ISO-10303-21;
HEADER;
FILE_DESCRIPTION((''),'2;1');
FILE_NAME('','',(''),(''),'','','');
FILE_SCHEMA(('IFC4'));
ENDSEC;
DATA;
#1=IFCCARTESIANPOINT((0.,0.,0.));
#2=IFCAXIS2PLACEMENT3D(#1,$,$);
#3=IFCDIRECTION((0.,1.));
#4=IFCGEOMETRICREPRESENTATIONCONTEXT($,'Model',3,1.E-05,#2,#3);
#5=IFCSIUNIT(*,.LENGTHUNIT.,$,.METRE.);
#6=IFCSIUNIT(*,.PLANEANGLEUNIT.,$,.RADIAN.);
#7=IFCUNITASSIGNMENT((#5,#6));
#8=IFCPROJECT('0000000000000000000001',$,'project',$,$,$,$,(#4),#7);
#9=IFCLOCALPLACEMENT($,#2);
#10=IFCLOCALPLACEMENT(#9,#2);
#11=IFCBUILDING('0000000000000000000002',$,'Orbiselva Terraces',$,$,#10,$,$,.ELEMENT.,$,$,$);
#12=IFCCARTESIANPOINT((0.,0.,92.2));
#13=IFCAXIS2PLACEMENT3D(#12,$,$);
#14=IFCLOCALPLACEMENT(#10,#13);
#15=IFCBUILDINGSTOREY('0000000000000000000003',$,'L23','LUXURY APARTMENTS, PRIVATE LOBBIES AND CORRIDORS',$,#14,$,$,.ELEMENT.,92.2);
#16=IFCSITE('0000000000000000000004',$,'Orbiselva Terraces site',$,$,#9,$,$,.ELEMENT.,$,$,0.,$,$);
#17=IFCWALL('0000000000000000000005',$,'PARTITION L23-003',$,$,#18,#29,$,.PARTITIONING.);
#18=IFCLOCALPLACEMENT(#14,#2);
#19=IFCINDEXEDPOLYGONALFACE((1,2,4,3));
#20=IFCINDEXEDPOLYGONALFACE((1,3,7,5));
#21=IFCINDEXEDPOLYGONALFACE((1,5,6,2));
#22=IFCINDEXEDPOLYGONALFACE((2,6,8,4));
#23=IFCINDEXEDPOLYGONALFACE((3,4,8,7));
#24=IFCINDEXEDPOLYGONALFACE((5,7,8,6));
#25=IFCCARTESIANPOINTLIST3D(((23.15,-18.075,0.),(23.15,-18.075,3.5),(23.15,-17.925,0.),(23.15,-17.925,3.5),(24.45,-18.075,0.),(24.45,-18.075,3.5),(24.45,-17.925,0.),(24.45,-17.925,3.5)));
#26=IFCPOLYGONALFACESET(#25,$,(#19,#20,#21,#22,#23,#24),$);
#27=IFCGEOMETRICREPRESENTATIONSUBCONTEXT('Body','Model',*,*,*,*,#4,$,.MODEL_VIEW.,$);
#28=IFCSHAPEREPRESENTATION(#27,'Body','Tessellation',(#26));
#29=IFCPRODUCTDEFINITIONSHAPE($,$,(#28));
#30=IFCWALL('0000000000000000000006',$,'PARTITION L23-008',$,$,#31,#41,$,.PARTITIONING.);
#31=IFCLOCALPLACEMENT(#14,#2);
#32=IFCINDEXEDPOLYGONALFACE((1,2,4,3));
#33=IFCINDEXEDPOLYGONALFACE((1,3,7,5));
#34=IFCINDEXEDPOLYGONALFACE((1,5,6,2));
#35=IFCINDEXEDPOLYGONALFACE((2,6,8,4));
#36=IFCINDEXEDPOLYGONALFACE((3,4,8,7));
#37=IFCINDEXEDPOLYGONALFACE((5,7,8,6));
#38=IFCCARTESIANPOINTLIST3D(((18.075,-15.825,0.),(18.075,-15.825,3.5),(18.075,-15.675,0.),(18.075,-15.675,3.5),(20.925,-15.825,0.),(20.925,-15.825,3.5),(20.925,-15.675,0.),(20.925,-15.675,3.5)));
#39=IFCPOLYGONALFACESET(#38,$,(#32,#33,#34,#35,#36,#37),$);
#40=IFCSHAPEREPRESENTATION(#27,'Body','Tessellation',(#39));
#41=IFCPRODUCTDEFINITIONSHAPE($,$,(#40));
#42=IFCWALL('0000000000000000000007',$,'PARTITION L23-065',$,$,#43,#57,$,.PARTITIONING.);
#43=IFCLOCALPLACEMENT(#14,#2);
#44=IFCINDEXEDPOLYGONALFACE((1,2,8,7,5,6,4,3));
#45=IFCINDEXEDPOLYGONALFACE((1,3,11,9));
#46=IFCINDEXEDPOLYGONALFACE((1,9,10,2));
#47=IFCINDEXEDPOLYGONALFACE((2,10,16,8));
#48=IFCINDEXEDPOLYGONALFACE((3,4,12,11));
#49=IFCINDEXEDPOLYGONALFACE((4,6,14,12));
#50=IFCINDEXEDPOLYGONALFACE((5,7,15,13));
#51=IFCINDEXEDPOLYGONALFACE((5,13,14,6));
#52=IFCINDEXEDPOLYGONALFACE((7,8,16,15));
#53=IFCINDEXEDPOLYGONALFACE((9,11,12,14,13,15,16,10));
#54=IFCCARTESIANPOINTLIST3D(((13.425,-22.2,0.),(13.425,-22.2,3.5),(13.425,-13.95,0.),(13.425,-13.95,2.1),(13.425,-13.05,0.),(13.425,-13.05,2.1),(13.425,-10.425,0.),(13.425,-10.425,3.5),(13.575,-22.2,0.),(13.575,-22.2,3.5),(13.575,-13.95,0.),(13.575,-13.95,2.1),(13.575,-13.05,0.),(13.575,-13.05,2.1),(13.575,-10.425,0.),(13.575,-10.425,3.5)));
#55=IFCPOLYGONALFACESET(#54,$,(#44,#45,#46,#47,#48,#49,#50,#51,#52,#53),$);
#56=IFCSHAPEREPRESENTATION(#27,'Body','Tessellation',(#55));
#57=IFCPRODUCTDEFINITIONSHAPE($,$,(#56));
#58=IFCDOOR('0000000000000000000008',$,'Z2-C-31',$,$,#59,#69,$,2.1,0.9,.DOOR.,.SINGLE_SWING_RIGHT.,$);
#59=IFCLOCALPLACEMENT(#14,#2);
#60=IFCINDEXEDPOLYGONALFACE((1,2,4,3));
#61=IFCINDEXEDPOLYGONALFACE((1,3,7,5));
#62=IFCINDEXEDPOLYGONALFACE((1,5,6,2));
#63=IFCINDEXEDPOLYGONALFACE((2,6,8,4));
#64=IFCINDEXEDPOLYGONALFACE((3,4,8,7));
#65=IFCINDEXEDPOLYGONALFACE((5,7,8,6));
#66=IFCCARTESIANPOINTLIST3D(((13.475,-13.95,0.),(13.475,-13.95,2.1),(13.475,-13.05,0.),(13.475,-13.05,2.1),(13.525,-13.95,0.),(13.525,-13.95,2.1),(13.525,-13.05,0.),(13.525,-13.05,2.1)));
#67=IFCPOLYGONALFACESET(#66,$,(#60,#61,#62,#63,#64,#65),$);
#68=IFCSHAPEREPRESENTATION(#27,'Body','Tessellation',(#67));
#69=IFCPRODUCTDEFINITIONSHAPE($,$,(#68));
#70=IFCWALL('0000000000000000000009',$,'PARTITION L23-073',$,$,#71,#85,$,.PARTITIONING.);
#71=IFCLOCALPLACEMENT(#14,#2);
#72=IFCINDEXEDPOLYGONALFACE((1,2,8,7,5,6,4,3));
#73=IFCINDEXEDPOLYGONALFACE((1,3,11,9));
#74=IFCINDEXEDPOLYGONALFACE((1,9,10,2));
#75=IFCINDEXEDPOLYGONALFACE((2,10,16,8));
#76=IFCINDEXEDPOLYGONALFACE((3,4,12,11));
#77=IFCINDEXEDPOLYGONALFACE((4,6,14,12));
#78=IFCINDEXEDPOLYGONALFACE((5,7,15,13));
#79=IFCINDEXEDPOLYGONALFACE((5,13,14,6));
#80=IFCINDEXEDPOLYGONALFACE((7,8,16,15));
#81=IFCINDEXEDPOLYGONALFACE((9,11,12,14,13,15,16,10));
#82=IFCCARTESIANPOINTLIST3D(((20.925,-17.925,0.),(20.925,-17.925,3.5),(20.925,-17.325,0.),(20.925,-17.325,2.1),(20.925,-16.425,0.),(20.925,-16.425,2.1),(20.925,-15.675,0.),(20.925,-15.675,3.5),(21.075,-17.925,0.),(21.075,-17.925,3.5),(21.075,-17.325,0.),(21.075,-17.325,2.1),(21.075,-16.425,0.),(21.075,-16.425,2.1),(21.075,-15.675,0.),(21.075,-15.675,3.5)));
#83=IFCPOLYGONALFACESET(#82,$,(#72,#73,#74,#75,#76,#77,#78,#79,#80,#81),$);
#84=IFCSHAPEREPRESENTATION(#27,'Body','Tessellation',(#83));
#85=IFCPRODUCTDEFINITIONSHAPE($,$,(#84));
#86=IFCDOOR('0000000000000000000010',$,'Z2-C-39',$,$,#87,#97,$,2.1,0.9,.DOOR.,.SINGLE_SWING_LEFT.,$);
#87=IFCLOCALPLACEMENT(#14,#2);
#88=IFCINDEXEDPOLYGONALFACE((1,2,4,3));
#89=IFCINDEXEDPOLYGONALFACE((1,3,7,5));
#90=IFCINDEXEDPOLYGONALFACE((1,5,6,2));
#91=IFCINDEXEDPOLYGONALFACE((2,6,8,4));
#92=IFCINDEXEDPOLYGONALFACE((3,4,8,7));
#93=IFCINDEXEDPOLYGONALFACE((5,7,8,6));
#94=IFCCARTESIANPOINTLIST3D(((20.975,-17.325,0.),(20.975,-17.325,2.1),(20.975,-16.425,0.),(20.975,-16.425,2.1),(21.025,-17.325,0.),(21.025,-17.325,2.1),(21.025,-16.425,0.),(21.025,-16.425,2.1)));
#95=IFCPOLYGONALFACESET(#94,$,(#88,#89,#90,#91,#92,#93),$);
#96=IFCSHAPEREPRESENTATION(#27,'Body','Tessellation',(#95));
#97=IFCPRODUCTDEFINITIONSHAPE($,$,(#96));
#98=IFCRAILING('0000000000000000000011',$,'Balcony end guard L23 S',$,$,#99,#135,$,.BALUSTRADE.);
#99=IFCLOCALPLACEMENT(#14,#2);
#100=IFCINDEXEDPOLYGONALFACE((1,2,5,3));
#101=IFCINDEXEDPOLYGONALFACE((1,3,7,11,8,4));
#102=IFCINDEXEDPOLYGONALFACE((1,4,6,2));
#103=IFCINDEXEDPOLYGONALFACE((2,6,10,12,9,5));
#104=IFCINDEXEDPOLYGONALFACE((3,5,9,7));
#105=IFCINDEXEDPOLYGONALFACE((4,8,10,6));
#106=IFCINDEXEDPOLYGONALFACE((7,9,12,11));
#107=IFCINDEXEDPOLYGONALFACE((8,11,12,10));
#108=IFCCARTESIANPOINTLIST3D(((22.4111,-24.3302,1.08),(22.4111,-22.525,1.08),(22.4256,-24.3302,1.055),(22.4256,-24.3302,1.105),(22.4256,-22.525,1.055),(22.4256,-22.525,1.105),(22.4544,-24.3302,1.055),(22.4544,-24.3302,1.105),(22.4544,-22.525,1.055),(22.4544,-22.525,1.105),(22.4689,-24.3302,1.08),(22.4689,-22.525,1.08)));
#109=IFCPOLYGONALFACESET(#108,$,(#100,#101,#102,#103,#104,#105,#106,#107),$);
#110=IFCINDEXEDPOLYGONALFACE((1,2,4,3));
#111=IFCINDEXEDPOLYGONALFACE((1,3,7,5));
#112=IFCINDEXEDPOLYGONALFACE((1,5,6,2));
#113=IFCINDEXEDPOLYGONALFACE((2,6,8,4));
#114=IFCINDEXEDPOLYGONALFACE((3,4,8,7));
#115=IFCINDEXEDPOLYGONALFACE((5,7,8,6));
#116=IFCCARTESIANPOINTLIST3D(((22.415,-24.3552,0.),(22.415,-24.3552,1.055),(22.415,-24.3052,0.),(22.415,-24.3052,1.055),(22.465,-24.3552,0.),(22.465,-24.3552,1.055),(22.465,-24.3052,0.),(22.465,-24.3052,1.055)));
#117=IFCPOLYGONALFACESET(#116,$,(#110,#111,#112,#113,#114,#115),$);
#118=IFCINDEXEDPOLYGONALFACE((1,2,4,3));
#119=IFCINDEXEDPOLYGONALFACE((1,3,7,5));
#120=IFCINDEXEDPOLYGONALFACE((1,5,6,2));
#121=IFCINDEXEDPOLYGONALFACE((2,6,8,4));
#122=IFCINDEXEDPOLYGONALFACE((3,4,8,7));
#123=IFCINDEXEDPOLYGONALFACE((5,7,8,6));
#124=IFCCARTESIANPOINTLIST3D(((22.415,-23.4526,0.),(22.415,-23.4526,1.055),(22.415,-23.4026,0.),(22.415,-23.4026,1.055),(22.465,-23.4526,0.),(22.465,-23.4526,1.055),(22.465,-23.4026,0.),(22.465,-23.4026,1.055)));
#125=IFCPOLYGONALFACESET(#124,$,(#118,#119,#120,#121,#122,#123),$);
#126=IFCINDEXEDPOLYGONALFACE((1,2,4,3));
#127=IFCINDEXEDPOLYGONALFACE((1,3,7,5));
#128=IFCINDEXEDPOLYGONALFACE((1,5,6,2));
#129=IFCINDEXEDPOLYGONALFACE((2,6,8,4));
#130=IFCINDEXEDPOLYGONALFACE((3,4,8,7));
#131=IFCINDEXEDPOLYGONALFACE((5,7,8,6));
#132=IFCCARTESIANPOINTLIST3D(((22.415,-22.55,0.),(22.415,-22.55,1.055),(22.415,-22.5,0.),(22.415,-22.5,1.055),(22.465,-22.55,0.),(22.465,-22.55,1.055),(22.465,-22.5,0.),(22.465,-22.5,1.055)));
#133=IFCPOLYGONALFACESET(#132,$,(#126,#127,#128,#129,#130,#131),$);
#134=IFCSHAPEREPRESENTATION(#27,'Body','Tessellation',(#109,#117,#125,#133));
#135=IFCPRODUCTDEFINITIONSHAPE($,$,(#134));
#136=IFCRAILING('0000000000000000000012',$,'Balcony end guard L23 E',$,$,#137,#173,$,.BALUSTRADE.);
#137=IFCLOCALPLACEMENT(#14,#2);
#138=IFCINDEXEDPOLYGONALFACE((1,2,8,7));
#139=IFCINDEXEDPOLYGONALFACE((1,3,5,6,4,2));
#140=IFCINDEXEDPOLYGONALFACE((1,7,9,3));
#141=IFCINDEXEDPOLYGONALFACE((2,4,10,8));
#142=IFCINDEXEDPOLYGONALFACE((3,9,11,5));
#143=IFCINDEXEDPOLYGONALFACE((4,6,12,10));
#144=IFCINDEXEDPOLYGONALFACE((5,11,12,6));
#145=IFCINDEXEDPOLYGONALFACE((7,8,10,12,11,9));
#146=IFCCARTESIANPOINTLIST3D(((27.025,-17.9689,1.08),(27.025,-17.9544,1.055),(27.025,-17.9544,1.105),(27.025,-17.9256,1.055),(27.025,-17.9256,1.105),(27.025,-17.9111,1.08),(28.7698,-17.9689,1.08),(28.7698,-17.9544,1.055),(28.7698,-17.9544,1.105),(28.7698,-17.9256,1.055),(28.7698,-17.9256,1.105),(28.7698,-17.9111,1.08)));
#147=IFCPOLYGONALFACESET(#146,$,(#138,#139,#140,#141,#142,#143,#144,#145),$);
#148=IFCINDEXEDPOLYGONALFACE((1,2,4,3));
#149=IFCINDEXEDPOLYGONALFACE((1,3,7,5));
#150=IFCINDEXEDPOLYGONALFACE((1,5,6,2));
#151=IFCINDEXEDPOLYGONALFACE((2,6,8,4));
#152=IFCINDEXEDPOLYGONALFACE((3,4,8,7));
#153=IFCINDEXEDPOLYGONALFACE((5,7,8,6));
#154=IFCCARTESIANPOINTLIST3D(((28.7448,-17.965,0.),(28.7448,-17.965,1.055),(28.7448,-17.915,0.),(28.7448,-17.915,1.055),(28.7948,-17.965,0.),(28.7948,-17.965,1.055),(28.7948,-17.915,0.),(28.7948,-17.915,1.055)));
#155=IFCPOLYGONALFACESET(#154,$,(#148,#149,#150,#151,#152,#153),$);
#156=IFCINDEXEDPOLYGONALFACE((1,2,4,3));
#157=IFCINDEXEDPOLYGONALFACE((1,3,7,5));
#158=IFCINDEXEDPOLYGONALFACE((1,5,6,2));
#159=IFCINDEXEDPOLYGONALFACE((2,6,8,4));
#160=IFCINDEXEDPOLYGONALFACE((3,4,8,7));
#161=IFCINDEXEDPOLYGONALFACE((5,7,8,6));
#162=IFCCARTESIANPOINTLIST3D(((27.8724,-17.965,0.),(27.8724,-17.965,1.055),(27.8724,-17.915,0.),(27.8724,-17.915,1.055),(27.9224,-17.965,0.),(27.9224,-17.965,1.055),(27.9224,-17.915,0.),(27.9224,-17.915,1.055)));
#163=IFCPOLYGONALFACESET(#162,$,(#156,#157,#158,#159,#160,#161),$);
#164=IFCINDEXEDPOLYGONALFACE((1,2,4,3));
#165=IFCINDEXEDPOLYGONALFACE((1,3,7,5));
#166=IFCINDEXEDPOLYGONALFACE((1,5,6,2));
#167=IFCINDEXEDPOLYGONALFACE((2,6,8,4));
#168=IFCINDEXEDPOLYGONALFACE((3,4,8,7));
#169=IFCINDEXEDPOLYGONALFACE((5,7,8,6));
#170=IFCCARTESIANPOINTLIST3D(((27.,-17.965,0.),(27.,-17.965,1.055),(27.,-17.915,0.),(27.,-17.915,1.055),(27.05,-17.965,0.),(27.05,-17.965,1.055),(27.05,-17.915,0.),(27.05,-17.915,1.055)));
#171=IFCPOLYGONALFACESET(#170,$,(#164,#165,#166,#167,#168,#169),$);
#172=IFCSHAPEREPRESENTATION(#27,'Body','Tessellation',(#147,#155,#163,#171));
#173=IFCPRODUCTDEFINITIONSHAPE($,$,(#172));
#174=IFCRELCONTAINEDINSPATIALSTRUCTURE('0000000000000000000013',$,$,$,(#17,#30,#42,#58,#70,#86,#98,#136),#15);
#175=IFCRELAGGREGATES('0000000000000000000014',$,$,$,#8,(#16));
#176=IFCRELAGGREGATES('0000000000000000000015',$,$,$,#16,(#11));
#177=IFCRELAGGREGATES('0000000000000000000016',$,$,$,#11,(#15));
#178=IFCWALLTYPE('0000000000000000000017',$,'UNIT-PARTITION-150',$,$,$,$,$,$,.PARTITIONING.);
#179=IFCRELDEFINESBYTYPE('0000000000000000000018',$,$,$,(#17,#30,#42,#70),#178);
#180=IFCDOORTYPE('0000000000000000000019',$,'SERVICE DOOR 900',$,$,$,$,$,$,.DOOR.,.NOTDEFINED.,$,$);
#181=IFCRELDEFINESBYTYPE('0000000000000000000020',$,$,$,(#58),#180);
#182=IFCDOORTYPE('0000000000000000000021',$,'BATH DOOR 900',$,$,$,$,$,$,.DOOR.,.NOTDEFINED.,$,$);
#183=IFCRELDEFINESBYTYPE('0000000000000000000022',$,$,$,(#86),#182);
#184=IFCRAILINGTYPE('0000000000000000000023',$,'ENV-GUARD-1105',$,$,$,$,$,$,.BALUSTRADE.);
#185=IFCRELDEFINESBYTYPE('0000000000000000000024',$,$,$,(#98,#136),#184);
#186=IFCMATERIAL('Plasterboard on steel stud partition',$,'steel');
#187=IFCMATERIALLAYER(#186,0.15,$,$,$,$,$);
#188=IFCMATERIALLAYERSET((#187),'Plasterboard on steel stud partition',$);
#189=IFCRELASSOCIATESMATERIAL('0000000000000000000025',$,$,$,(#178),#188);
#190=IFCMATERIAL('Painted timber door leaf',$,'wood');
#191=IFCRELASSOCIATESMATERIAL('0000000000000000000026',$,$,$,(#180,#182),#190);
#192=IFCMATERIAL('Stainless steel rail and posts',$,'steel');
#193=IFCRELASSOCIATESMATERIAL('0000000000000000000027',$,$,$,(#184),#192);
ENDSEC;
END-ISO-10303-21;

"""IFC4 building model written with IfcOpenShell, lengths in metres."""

from ifc_helpers import new_model, si_unit, direction, frame, frame_2d, origin, origin_2d, place, context, subcontext, project, spatial, polyline, rectangle, outline, extrude, material, layer, layer_set, type_object, element, fill, save


model = new_model("IFC4")

# Units and contexts
model_context = context("Model", 3, precision=1e-05, world=origin(), true_north=direction((0.0, 1.0)))
body_context = subcontext(model_context, "Body", "Model", "MODEL_VIEW")
ifc_project = project(units=[si_unit("LENGTHUNIT", "METRE"), si_unit("PLANEANGLEUNIT", "RADIAN")], contexts=[model_context])

# Site, building, storey
site_placement = place(None, origin())
site = spatial("IfcSite", under=ifc_project, at=site_placement, Name="Orbiselva Terraces site", CompositionType="ELEMENT", RefElevation=0.0)
building_placement = place(site_placement, origin())
building = spatial("IfcBuilding", under=site, at=building_placement, Name="Orbiselva Terraces", CompositionType="ELEMENT")
storey_placement = place(building_placement, frame((0.0, 0.0, 92.2)))
storey = spatial("IfcBuildingStorey", under=building, at=storey_placement, Name="L23", Description="LUXURY APARTMENTS, PRIVATE LOBBIES AND CORRIDORS", CompositionType="ELEMENT", Elevation=92.2)

# Walls
ifc_material_1 = material(Name="Plasterboard on steel stud partition", Category="steel")
ifc_layer_1 = layer(ifc_material_1, 0.15)
ifc_layer_set_1 = layer_set([ifc_layer_1], Name="Plasterboard on steel stud partition")
wall_type_1 = type_object("IfcWallType", Name="UNIT-PARTITION-150", PredefinedType="PARTITIONING", material=ifc_layer_set_1)
wall_1_placement = place(storey_placement, frame((23.15, -18.0, 0.0), z_axis=(0.0, 0.0, 1.0), x_axis=(1.0, 0.0, 0.0)))
element("IfcWall", 1, at=wall_1_placement, inside=storey, type_object=wall_type_1, Name="PARTITION L23-003", PredefinedType="PARTITIONING", context=body_context, shape_type="SweptSolid", body=[
    extrude(rectangle(XDim=1.3, YDim=0.15, at=frame_2d((0.65, 0.0))), origin(), (0.0, 0.0, 1.0), 3.5),
])
wall_2_placement = place(storey_placement, frame((18.075, -15.75, 0.0), z_axis=(0.0, 0.0, 1.0), x_axis=(1.0, 0.0, 0.0)))
element("IfcWall", 2, at=wall_2_placement, inside=storey, type_object=wall_type_1, Name="PARTITION L23-008", PredefinedType="PARTITIONING", context=body_context, shape_type="SweptSolid", body=[
    extrude(rectangle(XDim=2.85, YDim=0.15, at=frame_2d((1.425, 0.0))), origin(), (0.0, 0.0, 1.0), 3.5),
])

# Walls, openings, doors
wall_3_placement = place(storey_placement, frame((13.5, -22.2, 0.0), z_axis=(0.0, 0.0, 1.0), x_axis=(0.0, 1.0, 0.0)))
wall_3 = element("IfcWall", 3, at=wall_3_placement, inside=storey, type_object=wall_type_1, Name="PARTITION L23-065", PredefinedType="PARTITIONING", context=body_context, shape_type="SweptSolid", body=[
    extrude(rectangle(XDim=11.775, YDim=0.15, at=frame_2d((5.8875, 0.0))), origin(), (0.0, 0.0, 1.0), 3.5),
])
opening_1_placement = place(wall_3_placement, frame((8.25, 0.0, 0.0)))
opening_1 = element("IfcOpeningElement", 4, at=opening_1_placement, cuts=wall_3, PredefinedType="OPENING", context=body_context, shape_type="SweptSolid", body=[
    extrude(rectangle(XDim=0.9, YDim=2.1, at=frame_2d((0.45, 1.05))), frame((0.0, 0.085, 0.0), z_axis=(0.0, -1.0, 0.0), x_axis=(1.0, 0.0, 0.0)), (0.0, 0.0, 1.0), 0.17),
])
ifc_material_2 = material(Name="Painted timber door leaf", Category="wood")
door_type_1 = type_object("IfcDoorType", Name="SERVICE DOOR 900", OperationType="NOTDEFINED", PredefinedType="DOOR", material=ifc_material_2)
door_1_placement = place(opening_1_placement, origin())
door_1 = element("IfcDoor", 5, at=door_1_placement, inside=storey, type_object=door_type_1, Name="Z2-C-31", OperationType="SINGLE_SWING_RIGHT", OverallHeight=2.1, OverallWidth=0.9, PredefinedType="DOOR", context=body_context, shape_type="SweptSolid", body=[
    extrude(rectangle(XDim=0.9, YDim=2.1, at=frame_2d((0.45, 1.05))), frame((0.0, 0.025, 0.0), z_axis=(0.0, -1.0, 0.0), x_axis=(1.0, 0.0, 0.0)), (0.0, 0.0, 1.0), 0.05),
])
fill(opening_1, door_1)
wall_4_placement = place(storey_placement, frame((21.0, -17.925, 0.0), z_axis=(0.0, 0.0, 1.0), x_axis=(0.0, 1.0, 0.0)))
wall_4 = element("IfcWall", 6, at=wall_4_placement, inside=storey, type_object=wall_type_1, Name="PARTITION L23-073", PredefinedType="PARTITIONING", context=body_context, shape_type="SweptSolid", body=[
    extrude(rectangle(XDim=2.25, YDim=0.15, at=frame_2d((1.125, 0.0))), origin(), (0.0, 0.0, 1.0), 3.5),
])
opening_2_placement = place(wall_4_placement, frame((0.6, 0.0, 0.0)))
opening_2 = element("IfcOpeningElement", 7, at=opening_2_placement, cuts=wall_4, PredefinedType="OPENING", context=body_context, shape_type="SweptSolid", body=[
    extrude(rectangle(XDim=0.9, YDim=2.1, at=frame_2d((0.45, 1.05))), frame((0.0, 0.085, 0.0), z_axis=(0.0, -1.0, 0.0), x_axis=(1.0, 0.0, 0.0)), (0.0, 0.0, 1.0), 0.17),
])
door_type_2 = type_object("IfcDoorType", Name="BATH DOOR 900", OperationType="NOTDEFINED", PredefinedType="DOOR", material=ifc_material_2)
door_2_placement = place(opening_2_placement, origin())
door_2 = element("IfcDoor", 8, at=door_2_placement, inside=storey, type_object=door_type_2, Name="Z2-C-39", OperationType="SINGLE_SWING_LEFT", OverallHeight=2.1, OverallWidth=0.9, PredefinedType="DOOR", context=body_context, shape_type="SweptSolid", body=[
    extrude(rectangle(XDim=0.9, YDim=2.1, at=frame_2d((0.45, 1.05))), frame((0.0, 0.025, 0.0), z_axis=(0.0, -1.0, 0.0), x_axis=(1.0, 0.0, 0.0)), (0.0, 0.0, 1.0), 0.05),
])
fill(opening_2, door_2)

# Railings
ifc_material_3 = material(Name="Stainless steel rail and posts", Category="steel")
railing_type_1 = type_object("IfcRailingType", Name="ENV-GUARD-1105", PredefinedType="BALUSTRADE", material=ifc_material_3)
railing_1_placement = place(storey_placement, frame((22.44, -24.3302, 0.0)))
element("IfcRailing", 9, at=railing_1_placement, inside=storey, type_object=railing_type_1, Name="Balcony end guard L23 S", PredefinedType="BALUSTRADE", context=body_context, shape_type="SweptSolid", body=[
    extrude(outline(polyline([(0.0289, 0.0), (0.0144, 0.025), (-0.0144, 0.025), (-0.0289, 0.0), (-0.0144, -0.025), (0.0144, -0.025), (0.0289, 0.0)])), frame((0.0, 0.0, 1.08), z_axis=(0.0, 1.0, 0.0), x_axis=(-1.0, 0.0, 0.0)), (0.0, 0.0, 1.0), 1.8052),
    extrude(rectangle(XDim=0.05, YDim=0.05, at=origin_2d()), origin(), (0.0, 0.0, 1.0), 1.055),
    extrude(rectangle(XDim=0.05, YDim=0.05, at=origin_2d()), frame((0.0, 0.9026, 0.0)), (0.0, 0.0, 1.0), 1.055),
    extrude(rectangle(XDim=0.05, YDim=0.05, at=origin_2d()), frame((0.0, 1.8052, 0.0)), (0.0, 0.0, 1.0), 1.055),
])
railing_2_placement = place(storey_placement, frame((28.7698, -17.94, 0.0)))
element("IfcRailing", 10, at=railing_2_placement, inside=storey, type_object=railing_type_1, Name="Balcony end guard L23 E", PredefinedType="BALUSTRADE", context=body_context, shape_type="SweptSolid", body=[
    extrude(outline(polyline([(0.0289, 0.0), (0.0144, 0.025), (-0.0144, 0.025), (-0.0289, 0.0), (-0.0144, -0.025), (0.0144, -0.025), (0.0289, 0.0)])), frame((0.0, 0.0, 1.08), z_axis=(-1.0, 0.0, 0.0), x_axis=(0.0, -1.0, 0.0)), (0.0, 0.0, 1.0), 1.7448),
    extrude(rectangle(XDim=0.05, YDim=0.05, at=origin_2d()), origin(), (0.0, 0.0, 1.0), 1.055),
    extrude(rectangle(XDim=0.05, YDim=0.05, at=origin_2d()), frame((-0.8724, 0.0, 0.0)), (0.0, 0.0, 1.0), 1.055),
    extrude(rectangle(XDim=0.05, YDim=0.05, at=origin_2d()), frame((-1.7448, 0.0, 0.0)), (0.0, 0.0, 1.0), 1.055),
])

save(model, "model.ifc")
